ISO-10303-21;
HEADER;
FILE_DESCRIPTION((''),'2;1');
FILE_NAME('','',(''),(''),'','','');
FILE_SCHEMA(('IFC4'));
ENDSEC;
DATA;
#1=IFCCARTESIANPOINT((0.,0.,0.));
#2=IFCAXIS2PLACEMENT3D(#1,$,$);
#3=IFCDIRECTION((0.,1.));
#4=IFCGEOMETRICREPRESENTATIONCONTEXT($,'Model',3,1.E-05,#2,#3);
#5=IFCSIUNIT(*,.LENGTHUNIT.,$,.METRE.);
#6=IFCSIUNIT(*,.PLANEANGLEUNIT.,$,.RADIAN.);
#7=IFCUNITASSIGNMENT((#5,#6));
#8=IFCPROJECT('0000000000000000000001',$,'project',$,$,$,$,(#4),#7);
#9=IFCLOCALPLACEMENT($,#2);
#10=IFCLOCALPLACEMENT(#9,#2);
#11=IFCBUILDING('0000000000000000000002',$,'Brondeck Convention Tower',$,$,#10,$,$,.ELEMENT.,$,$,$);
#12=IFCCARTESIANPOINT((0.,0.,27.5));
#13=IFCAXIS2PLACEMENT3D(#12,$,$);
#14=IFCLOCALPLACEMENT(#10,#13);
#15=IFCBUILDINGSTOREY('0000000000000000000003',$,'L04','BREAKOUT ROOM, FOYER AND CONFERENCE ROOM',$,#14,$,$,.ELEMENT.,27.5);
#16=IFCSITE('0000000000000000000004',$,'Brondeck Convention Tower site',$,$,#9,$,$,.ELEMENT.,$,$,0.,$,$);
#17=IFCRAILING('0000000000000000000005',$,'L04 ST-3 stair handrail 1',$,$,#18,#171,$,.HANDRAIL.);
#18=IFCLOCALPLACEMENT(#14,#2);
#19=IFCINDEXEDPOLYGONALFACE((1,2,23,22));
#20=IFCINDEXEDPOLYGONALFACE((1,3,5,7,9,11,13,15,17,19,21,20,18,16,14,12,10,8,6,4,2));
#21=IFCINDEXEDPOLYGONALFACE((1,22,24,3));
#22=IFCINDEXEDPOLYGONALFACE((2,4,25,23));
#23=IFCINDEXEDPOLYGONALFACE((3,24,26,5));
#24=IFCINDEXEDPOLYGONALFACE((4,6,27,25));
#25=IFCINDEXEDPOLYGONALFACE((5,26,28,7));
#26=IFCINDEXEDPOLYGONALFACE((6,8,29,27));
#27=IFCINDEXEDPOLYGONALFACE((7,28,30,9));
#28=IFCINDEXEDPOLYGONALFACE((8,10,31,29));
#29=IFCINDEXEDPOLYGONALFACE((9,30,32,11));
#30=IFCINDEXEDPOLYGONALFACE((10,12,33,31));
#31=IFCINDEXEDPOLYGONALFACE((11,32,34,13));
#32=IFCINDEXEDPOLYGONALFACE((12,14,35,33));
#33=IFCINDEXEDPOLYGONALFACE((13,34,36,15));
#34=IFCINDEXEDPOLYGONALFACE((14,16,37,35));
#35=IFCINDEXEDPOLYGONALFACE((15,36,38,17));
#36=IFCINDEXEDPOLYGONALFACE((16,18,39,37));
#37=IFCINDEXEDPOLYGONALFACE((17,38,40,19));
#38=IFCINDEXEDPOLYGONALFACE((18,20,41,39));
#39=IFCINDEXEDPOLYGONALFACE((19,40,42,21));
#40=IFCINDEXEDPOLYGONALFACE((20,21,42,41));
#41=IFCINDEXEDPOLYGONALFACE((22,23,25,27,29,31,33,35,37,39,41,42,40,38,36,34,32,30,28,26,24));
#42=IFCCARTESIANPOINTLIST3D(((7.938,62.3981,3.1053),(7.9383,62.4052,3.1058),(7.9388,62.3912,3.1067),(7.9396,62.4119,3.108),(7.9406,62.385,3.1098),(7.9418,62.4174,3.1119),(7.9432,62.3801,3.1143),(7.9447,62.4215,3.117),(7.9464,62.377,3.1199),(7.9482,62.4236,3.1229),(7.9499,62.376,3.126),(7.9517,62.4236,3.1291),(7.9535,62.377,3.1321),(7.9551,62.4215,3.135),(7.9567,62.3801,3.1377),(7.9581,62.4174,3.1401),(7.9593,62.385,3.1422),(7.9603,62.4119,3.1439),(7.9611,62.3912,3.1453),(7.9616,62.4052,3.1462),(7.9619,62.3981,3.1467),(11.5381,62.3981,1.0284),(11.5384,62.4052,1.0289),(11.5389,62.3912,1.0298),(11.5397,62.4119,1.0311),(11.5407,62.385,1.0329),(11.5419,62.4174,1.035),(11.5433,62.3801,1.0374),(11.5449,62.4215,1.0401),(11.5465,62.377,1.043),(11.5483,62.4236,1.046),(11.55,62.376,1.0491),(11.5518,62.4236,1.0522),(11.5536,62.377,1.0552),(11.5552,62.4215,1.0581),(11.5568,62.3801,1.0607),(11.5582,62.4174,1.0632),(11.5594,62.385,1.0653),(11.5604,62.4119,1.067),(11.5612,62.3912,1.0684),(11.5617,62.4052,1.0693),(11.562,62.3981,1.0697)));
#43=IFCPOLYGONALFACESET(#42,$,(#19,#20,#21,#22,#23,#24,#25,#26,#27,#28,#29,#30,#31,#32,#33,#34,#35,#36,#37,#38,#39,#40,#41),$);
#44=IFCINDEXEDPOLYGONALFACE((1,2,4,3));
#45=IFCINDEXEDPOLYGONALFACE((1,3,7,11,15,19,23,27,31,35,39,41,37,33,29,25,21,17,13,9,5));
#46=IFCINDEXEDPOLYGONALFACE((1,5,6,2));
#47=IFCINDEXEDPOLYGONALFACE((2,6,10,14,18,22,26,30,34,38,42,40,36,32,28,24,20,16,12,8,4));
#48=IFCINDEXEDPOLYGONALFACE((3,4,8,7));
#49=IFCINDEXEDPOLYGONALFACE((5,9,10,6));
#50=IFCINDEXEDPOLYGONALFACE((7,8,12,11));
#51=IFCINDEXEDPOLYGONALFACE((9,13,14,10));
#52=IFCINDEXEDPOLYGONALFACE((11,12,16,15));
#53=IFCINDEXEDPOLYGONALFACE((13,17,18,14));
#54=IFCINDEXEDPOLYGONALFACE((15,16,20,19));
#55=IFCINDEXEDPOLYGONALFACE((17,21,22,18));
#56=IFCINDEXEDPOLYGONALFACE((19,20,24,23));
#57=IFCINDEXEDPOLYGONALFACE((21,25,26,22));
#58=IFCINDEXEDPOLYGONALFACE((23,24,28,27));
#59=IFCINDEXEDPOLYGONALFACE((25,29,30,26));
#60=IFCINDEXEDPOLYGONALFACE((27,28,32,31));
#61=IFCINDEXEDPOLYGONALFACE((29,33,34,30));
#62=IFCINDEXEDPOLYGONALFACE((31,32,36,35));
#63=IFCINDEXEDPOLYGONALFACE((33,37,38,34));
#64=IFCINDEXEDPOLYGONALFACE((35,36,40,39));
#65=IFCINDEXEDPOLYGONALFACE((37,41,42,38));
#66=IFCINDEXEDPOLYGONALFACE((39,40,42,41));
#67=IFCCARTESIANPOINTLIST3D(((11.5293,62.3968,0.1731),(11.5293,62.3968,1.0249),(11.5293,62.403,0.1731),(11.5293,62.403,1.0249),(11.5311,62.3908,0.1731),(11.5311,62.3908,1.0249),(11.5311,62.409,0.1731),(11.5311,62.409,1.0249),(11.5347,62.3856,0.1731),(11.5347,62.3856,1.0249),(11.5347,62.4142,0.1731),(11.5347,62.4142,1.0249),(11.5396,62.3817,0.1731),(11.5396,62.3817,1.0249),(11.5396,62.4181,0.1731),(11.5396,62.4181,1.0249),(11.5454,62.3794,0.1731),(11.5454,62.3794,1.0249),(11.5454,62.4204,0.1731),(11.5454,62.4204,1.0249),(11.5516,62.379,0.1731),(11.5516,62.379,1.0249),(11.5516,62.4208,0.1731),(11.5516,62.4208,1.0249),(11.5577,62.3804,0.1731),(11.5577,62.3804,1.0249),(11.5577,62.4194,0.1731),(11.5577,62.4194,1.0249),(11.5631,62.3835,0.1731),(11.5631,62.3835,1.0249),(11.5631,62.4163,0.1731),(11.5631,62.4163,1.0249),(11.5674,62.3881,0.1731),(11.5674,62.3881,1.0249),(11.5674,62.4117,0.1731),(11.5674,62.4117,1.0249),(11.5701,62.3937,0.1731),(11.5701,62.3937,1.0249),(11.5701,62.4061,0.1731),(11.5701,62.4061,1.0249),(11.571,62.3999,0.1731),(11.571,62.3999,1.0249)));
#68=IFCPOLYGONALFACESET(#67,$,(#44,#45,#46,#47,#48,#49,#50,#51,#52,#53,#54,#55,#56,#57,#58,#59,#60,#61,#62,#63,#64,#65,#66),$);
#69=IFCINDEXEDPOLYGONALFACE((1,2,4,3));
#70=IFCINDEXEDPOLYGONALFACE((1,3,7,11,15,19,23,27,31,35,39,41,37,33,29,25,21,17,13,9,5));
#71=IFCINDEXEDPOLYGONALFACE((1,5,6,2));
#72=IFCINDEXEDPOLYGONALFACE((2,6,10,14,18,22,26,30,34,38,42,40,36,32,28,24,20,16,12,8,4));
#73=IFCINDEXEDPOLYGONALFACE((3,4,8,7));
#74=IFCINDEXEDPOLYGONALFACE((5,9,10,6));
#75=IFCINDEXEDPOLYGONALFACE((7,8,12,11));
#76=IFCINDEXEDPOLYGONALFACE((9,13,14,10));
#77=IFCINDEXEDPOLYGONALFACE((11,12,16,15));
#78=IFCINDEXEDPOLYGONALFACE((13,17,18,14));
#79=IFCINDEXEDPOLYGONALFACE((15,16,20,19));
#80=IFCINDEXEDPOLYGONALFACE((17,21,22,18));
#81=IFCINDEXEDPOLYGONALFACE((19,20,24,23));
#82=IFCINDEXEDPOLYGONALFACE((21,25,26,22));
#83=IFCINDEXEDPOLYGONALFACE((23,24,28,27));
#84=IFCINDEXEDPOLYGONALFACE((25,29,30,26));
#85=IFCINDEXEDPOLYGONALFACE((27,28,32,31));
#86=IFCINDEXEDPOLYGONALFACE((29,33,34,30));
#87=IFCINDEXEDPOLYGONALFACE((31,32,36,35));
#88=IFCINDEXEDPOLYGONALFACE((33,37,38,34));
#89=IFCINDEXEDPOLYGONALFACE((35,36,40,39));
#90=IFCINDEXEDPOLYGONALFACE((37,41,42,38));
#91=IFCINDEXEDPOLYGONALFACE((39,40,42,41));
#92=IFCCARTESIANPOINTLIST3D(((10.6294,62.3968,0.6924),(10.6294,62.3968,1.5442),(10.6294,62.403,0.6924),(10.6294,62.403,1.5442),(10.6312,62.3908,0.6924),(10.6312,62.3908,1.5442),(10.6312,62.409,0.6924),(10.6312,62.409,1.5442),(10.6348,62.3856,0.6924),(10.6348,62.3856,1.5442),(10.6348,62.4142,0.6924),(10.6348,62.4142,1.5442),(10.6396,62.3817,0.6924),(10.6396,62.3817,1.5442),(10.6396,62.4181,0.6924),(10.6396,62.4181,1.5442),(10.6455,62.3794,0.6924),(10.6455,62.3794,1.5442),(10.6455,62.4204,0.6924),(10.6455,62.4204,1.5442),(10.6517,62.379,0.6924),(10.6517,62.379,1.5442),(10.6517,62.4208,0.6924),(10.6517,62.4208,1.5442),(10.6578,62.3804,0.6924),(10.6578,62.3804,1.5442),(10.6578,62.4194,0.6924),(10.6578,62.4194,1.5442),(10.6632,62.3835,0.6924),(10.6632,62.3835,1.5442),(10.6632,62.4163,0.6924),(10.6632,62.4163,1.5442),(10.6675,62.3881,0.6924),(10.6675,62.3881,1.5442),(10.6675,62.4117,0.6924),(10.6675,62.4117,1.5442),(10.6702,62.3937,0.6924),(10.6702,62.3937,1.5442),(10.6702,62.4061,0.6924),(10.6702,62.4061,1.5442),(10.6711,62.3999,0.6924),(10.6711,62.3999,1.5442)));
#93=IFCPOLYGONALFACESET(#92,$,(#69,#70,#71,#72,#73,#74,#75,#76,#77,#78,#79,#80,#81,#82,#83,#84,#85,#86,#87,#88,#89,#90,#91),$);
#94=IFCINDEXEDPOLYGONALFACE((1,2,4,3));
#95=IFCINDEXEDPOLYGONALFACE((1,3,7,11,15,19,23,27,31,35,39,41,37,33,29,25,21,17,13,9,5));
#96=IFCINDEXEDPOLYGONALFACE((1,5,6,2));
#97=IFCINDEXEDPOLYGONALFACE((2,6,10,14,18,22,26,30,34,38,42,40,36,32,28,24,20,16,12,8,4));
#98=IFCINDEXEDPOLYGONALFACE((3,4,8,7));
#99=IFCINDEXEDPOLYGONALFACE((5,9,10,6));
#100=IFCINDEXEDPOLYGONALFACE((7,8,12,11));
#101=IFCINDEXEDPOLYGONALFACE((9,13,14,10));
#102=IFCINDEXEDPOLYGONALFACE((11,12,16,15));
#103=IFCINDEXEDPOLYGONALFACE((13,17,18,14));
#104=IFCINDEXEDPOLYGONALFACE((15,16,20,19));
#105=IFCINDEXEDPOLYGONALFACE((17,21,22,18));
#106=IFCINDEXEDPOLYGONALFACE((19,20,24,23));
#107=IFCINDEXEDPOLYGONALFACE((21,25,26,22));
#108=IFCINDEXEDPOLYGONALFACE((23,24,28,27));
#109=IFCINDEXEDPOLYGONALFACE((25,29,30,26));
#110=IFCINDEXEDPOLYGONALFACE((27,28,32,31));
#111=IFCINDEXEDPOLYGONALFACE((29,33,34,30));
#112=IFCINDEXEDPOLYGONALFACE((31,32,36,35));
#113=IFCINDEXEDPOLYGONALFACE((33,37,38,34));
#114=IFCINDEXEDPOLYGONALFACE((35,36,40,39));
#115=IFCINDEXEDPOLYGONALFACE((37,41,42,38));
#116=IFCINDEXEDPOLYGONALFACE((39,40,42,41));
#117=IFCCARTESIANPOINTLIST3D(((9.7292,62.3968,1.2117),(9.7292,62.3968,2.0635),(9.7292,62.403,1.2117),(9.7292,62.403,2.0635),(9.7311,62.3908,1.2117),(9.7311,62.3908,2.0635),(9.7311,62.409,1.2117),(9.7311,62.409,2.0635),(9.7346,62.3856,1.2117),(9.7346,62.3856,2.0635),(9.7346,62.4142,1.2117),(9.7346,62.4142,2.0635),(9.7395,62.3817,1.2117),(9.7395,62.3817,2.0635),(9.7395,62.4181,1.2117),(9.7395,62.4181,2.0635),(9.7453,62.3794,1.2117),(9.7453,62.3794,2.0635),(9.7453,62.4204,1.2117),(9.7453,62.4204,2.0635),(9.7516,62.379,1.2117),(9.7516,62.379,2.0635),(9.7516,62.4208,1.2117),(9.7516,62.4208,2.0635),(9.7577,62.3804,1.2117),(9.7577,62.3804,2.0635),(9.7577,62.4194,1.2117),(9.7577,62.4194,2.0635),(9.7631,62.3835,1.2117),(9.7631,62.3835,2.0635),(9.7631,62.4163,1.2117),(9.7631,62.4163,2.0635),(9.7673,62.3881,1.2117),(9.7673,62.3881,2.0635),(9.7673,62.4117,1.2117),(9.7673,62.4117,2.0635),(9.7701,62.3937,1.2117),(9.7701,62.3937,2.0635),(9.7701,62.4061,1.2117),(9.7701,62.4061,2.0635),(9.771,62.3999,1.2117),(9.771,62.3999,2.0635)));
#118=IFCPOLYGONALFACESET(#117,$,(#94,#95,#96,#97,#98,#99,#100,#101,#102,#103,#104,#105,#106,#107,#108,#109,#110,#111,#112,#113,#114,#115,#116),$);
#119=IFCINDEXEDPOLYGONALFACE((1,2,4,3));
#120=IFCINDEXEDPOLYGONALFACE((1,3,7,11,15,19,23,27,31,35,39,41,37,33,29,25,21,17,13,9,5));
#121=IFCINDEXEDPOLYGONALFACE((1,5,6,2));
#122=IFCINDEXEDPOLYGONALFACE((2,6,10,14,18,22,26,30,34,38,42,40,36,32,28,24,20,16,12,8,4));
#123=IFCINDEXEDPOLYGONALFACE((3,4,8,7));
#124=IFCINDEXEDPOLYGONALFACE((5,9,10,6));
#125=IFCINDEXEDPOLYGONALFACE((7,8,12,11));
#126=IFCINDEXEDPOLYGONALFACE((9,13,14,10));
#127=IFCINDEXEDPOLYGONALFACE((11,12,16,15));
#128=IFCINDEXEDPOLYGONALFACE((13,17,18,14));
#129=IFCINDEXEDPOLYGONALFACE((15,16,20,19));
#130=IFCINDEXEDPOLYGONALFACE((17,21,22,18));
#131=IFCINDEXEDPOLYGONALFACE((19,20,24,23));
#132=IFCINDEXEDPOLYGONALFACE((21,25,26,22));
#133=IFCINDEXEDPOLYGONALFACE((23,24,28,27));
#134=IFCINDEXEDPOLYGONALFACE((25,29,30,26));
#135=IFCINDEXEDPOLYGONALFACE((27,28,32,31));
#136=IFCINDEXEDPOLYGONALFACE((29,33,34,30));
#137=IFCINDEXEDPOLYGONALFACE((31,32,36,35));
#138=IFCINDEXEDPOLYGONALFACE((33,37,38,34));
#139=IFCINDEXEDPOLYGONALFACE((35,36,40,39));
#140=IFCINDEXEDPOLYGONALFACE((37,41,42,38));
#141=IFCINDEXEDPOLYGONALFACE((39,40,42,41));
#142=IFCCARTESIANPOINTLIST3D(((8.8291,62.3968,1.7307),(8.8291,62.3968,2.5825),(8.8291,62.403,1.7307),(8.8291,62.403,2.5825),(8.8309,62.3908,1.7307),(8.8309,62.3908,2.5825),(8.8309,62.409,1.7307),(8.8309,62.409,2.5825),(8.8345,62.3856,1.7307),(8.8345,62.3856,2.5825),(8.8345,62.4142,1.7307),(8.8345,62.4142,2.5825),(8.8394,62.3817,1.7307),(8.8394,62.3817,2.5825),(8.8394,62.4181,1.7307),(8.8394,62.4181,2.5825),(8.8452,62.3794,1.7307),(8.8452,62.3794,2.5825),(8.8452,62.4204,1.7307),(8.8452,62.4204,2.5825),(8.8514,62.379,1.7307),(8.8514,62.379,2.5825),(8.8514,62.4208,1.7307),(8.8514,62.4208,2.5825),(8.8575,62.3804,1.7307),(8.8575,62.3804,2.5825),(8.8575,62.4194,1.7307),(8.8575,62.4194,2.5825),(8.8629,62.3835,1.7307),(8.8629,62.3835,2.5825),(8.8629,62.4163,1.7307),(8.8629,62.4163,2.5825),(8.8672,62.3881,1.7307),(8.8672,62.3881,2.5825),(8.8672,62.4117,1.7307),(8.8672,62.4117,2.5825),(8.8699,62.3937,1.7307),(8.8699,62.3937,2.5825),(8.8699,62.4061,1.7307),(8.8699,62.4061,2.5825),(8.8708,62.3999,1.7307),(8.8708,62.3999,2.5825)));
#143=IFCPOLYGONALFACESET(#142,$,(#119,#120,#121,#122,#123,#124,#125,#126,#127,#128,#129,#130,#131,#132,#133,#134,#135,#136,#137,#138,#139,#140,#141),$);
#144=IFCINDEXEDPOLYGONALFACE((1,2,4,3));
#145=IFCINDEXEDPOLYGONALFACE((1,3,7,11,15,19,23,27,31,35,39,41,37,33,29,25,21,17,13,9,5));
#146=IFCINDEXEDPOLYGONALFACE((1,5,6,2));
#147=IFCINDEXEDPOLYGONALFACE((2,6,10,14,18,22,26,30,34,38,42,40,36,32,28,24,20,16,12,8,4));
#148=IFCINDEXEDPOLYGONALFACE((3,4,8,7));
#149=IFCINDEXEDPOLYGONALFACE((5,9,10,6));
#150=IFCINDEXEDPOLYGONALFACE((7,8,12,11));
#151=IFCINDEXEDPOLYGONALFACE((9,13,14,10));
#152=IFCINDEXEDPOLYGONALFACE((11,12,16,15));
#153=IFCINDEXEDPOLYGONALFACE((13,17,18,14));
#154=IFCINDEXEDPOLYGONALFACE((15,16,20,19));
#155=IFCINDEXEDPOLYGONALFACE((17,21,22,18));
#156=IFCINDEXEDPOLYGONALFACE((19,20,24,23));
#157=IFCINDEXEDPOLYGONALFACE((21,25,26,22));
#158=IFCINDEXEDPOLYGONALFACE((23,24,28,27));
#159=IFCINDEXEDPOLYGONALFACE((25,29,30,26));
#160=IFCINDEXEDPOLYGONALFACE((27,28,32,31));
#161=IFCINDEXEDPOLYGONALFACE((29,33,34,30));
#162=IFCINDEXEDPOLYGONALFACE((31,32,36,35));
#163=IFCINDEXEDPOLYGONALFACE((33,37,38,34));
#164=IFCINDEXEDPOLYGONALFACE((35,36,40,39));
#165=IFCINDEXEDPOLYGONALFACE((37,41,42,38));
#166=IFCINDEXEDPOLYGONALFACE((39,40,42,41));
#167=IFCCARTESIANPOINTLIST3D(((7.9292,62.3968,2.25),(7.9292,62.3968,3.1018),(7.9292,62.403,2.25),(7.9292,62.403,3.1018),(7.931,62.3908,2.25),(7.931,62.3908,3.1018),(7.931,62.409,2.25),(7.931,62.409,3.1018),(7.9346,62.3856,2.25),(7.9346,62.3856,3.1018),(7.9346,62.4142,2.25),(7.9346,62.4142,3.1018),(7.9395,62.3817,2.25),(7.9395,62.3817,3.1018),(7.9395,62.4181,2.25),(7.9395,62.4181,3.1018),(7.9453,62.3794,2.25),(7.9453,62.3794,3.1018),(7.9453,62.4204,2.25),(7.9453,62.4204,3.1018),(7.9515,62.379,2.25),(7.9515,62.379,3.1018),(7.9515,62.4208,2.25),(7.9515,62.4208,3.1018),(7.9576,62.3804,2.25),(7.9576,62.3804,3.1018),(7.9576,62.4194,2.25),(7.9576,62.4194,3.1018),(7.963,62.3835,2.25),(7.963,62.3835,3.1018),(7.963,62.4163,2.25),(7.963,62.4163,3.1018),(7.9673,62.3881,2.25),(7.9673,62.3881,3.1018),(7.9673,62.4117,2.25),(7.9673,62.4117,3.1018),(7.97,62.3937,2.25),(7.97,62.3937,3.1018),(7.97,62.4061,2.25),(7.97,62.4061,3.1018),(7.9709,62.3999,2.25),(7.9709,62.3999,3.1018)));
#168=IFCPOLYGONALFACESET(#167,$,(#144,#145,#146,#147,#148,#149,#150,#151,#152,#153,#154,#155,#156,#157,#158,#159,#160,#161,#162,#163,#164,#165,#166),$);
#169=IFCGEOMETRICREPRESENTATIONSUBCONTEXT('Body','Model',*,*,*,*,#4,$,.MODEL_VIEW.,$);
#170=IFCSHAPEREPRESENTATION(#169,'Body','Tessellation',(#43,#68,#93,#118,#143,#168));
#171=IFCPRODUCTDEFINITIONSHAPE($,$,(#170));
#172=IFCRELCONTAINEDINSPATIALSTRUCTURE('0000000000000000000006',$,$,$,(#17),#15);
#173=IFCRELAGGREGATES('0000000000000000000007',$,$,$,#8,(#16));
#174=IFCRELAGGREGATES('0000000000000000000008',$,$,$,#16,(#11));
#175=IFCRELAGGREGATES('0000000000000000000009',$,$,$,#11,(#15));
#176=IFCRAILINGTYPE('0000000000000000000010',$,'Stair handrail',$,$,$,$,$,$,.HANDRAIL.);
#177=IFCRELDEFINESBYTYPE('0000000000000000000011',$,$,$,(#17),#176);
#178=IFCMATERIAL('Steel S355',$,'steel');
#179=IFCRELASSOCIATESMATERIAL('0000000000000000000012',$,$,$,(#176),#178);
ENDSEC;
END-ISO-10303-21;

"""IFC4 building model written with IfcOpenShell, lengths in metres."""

from ifc_helpers import new_model, si_unit, direction, frame, origin, origin_2d, place, context, subcontext, project, spatial, circle, extrude, material, type_object, element, save


model = new_model("IFC4")

# Units and contexts
model_context = context("Model", 3, precision=1e-05, world=origin(), true_north=direction((0.0, 1.0)))
body_context = subcontext(model_context, "Body", "Model", "MODEL_VIEW")
ifc_project = project(units=[si_unit("LENGTHUNIT", "METRE"), si_unit("PLANEANGLEUNIT", "RADIAN")], contexts=[model_context])

# Site, building, storey
site_placement = place(None, origin())
site = spatial("IfcSite", under=ifc_project, at=site_placement, Name="Brondeck Convention Tower site", CompositionType="ELEMENT", RefElevation=0.0)
building_placement = place(site_placement, origin())
building = spatial("IfcBuilding", under=site, at=building_placement, Name="Brondeck Convention Tower", CompositionType="ELEMENT")
storey_placement = place(building_placement, frame((0.0, 0.0, 27.5)))
storey = spatial("IfcBuildingStorey", under=building, at=storey_placement, Name="L04", Description="BREAKOUT ROOM, FOYER AND CONFERENCE ROOM", CompositionType="ELEMENT", Elevation=27.5)

# Railing
ifc_material_1 = material(Name="Steel S355", Category="steel")
railing_type_1 = type_object("IfcRailingType", Name="Stair handrail", PredefinedType="HANDRAIL", material=ifc_material_1)
railing_1_placement = place(storey_placement, frame((11.55, 62.3999, 0.1731)))
element("IfcRailing", 1, at=railing_1_placement, inside=storey, type_object=railing_type_1, Name="L04 ST-3 stair handrail 1", PredefinedType="HANDRAIL", context=body_context, shape_type="SweptSolid", body=[
    extrude(circle(Radius=0.0239, at=origin_2d()), frame((0.0, 0.0, 0.876), z_axis=(-0.866193, 0.0, 0.499709), x_axis=(0.0, -1.0, 0.0)), (0.0, 0.0, 1.0), 4.1562),
    extrude(circle(Radius=0.021, at=origin_2d()), origin(), (0.0, 0.0, 1.0), 0.8518),
    extrude(circle(Radius=0.021, at=origin_2d()), frame((-0.8999, 0.0, 0.5193)), (0.0, 0.0, 1.0), 0.8518),
    extrude(circle(Radius=0.021, at=origin_2d()), frame((-1.8, 0.0, 1.0386)), (0.0, 0.0, 1.0), 0.8518),
    extrude(circle(Radius=0.021, at=origin_2d()), frame((-2.7002, 0.0, 1.5576)), (0.0, 0.0, 1.0), 0.8518),
    extrude(circle(Radius=0.021, at=origin_2d()), frame((-3.6001, 0.0, 2.0769)), (0.0, 0.0, 1.0), 0.8518),
])

save(model, "model.ifc")
